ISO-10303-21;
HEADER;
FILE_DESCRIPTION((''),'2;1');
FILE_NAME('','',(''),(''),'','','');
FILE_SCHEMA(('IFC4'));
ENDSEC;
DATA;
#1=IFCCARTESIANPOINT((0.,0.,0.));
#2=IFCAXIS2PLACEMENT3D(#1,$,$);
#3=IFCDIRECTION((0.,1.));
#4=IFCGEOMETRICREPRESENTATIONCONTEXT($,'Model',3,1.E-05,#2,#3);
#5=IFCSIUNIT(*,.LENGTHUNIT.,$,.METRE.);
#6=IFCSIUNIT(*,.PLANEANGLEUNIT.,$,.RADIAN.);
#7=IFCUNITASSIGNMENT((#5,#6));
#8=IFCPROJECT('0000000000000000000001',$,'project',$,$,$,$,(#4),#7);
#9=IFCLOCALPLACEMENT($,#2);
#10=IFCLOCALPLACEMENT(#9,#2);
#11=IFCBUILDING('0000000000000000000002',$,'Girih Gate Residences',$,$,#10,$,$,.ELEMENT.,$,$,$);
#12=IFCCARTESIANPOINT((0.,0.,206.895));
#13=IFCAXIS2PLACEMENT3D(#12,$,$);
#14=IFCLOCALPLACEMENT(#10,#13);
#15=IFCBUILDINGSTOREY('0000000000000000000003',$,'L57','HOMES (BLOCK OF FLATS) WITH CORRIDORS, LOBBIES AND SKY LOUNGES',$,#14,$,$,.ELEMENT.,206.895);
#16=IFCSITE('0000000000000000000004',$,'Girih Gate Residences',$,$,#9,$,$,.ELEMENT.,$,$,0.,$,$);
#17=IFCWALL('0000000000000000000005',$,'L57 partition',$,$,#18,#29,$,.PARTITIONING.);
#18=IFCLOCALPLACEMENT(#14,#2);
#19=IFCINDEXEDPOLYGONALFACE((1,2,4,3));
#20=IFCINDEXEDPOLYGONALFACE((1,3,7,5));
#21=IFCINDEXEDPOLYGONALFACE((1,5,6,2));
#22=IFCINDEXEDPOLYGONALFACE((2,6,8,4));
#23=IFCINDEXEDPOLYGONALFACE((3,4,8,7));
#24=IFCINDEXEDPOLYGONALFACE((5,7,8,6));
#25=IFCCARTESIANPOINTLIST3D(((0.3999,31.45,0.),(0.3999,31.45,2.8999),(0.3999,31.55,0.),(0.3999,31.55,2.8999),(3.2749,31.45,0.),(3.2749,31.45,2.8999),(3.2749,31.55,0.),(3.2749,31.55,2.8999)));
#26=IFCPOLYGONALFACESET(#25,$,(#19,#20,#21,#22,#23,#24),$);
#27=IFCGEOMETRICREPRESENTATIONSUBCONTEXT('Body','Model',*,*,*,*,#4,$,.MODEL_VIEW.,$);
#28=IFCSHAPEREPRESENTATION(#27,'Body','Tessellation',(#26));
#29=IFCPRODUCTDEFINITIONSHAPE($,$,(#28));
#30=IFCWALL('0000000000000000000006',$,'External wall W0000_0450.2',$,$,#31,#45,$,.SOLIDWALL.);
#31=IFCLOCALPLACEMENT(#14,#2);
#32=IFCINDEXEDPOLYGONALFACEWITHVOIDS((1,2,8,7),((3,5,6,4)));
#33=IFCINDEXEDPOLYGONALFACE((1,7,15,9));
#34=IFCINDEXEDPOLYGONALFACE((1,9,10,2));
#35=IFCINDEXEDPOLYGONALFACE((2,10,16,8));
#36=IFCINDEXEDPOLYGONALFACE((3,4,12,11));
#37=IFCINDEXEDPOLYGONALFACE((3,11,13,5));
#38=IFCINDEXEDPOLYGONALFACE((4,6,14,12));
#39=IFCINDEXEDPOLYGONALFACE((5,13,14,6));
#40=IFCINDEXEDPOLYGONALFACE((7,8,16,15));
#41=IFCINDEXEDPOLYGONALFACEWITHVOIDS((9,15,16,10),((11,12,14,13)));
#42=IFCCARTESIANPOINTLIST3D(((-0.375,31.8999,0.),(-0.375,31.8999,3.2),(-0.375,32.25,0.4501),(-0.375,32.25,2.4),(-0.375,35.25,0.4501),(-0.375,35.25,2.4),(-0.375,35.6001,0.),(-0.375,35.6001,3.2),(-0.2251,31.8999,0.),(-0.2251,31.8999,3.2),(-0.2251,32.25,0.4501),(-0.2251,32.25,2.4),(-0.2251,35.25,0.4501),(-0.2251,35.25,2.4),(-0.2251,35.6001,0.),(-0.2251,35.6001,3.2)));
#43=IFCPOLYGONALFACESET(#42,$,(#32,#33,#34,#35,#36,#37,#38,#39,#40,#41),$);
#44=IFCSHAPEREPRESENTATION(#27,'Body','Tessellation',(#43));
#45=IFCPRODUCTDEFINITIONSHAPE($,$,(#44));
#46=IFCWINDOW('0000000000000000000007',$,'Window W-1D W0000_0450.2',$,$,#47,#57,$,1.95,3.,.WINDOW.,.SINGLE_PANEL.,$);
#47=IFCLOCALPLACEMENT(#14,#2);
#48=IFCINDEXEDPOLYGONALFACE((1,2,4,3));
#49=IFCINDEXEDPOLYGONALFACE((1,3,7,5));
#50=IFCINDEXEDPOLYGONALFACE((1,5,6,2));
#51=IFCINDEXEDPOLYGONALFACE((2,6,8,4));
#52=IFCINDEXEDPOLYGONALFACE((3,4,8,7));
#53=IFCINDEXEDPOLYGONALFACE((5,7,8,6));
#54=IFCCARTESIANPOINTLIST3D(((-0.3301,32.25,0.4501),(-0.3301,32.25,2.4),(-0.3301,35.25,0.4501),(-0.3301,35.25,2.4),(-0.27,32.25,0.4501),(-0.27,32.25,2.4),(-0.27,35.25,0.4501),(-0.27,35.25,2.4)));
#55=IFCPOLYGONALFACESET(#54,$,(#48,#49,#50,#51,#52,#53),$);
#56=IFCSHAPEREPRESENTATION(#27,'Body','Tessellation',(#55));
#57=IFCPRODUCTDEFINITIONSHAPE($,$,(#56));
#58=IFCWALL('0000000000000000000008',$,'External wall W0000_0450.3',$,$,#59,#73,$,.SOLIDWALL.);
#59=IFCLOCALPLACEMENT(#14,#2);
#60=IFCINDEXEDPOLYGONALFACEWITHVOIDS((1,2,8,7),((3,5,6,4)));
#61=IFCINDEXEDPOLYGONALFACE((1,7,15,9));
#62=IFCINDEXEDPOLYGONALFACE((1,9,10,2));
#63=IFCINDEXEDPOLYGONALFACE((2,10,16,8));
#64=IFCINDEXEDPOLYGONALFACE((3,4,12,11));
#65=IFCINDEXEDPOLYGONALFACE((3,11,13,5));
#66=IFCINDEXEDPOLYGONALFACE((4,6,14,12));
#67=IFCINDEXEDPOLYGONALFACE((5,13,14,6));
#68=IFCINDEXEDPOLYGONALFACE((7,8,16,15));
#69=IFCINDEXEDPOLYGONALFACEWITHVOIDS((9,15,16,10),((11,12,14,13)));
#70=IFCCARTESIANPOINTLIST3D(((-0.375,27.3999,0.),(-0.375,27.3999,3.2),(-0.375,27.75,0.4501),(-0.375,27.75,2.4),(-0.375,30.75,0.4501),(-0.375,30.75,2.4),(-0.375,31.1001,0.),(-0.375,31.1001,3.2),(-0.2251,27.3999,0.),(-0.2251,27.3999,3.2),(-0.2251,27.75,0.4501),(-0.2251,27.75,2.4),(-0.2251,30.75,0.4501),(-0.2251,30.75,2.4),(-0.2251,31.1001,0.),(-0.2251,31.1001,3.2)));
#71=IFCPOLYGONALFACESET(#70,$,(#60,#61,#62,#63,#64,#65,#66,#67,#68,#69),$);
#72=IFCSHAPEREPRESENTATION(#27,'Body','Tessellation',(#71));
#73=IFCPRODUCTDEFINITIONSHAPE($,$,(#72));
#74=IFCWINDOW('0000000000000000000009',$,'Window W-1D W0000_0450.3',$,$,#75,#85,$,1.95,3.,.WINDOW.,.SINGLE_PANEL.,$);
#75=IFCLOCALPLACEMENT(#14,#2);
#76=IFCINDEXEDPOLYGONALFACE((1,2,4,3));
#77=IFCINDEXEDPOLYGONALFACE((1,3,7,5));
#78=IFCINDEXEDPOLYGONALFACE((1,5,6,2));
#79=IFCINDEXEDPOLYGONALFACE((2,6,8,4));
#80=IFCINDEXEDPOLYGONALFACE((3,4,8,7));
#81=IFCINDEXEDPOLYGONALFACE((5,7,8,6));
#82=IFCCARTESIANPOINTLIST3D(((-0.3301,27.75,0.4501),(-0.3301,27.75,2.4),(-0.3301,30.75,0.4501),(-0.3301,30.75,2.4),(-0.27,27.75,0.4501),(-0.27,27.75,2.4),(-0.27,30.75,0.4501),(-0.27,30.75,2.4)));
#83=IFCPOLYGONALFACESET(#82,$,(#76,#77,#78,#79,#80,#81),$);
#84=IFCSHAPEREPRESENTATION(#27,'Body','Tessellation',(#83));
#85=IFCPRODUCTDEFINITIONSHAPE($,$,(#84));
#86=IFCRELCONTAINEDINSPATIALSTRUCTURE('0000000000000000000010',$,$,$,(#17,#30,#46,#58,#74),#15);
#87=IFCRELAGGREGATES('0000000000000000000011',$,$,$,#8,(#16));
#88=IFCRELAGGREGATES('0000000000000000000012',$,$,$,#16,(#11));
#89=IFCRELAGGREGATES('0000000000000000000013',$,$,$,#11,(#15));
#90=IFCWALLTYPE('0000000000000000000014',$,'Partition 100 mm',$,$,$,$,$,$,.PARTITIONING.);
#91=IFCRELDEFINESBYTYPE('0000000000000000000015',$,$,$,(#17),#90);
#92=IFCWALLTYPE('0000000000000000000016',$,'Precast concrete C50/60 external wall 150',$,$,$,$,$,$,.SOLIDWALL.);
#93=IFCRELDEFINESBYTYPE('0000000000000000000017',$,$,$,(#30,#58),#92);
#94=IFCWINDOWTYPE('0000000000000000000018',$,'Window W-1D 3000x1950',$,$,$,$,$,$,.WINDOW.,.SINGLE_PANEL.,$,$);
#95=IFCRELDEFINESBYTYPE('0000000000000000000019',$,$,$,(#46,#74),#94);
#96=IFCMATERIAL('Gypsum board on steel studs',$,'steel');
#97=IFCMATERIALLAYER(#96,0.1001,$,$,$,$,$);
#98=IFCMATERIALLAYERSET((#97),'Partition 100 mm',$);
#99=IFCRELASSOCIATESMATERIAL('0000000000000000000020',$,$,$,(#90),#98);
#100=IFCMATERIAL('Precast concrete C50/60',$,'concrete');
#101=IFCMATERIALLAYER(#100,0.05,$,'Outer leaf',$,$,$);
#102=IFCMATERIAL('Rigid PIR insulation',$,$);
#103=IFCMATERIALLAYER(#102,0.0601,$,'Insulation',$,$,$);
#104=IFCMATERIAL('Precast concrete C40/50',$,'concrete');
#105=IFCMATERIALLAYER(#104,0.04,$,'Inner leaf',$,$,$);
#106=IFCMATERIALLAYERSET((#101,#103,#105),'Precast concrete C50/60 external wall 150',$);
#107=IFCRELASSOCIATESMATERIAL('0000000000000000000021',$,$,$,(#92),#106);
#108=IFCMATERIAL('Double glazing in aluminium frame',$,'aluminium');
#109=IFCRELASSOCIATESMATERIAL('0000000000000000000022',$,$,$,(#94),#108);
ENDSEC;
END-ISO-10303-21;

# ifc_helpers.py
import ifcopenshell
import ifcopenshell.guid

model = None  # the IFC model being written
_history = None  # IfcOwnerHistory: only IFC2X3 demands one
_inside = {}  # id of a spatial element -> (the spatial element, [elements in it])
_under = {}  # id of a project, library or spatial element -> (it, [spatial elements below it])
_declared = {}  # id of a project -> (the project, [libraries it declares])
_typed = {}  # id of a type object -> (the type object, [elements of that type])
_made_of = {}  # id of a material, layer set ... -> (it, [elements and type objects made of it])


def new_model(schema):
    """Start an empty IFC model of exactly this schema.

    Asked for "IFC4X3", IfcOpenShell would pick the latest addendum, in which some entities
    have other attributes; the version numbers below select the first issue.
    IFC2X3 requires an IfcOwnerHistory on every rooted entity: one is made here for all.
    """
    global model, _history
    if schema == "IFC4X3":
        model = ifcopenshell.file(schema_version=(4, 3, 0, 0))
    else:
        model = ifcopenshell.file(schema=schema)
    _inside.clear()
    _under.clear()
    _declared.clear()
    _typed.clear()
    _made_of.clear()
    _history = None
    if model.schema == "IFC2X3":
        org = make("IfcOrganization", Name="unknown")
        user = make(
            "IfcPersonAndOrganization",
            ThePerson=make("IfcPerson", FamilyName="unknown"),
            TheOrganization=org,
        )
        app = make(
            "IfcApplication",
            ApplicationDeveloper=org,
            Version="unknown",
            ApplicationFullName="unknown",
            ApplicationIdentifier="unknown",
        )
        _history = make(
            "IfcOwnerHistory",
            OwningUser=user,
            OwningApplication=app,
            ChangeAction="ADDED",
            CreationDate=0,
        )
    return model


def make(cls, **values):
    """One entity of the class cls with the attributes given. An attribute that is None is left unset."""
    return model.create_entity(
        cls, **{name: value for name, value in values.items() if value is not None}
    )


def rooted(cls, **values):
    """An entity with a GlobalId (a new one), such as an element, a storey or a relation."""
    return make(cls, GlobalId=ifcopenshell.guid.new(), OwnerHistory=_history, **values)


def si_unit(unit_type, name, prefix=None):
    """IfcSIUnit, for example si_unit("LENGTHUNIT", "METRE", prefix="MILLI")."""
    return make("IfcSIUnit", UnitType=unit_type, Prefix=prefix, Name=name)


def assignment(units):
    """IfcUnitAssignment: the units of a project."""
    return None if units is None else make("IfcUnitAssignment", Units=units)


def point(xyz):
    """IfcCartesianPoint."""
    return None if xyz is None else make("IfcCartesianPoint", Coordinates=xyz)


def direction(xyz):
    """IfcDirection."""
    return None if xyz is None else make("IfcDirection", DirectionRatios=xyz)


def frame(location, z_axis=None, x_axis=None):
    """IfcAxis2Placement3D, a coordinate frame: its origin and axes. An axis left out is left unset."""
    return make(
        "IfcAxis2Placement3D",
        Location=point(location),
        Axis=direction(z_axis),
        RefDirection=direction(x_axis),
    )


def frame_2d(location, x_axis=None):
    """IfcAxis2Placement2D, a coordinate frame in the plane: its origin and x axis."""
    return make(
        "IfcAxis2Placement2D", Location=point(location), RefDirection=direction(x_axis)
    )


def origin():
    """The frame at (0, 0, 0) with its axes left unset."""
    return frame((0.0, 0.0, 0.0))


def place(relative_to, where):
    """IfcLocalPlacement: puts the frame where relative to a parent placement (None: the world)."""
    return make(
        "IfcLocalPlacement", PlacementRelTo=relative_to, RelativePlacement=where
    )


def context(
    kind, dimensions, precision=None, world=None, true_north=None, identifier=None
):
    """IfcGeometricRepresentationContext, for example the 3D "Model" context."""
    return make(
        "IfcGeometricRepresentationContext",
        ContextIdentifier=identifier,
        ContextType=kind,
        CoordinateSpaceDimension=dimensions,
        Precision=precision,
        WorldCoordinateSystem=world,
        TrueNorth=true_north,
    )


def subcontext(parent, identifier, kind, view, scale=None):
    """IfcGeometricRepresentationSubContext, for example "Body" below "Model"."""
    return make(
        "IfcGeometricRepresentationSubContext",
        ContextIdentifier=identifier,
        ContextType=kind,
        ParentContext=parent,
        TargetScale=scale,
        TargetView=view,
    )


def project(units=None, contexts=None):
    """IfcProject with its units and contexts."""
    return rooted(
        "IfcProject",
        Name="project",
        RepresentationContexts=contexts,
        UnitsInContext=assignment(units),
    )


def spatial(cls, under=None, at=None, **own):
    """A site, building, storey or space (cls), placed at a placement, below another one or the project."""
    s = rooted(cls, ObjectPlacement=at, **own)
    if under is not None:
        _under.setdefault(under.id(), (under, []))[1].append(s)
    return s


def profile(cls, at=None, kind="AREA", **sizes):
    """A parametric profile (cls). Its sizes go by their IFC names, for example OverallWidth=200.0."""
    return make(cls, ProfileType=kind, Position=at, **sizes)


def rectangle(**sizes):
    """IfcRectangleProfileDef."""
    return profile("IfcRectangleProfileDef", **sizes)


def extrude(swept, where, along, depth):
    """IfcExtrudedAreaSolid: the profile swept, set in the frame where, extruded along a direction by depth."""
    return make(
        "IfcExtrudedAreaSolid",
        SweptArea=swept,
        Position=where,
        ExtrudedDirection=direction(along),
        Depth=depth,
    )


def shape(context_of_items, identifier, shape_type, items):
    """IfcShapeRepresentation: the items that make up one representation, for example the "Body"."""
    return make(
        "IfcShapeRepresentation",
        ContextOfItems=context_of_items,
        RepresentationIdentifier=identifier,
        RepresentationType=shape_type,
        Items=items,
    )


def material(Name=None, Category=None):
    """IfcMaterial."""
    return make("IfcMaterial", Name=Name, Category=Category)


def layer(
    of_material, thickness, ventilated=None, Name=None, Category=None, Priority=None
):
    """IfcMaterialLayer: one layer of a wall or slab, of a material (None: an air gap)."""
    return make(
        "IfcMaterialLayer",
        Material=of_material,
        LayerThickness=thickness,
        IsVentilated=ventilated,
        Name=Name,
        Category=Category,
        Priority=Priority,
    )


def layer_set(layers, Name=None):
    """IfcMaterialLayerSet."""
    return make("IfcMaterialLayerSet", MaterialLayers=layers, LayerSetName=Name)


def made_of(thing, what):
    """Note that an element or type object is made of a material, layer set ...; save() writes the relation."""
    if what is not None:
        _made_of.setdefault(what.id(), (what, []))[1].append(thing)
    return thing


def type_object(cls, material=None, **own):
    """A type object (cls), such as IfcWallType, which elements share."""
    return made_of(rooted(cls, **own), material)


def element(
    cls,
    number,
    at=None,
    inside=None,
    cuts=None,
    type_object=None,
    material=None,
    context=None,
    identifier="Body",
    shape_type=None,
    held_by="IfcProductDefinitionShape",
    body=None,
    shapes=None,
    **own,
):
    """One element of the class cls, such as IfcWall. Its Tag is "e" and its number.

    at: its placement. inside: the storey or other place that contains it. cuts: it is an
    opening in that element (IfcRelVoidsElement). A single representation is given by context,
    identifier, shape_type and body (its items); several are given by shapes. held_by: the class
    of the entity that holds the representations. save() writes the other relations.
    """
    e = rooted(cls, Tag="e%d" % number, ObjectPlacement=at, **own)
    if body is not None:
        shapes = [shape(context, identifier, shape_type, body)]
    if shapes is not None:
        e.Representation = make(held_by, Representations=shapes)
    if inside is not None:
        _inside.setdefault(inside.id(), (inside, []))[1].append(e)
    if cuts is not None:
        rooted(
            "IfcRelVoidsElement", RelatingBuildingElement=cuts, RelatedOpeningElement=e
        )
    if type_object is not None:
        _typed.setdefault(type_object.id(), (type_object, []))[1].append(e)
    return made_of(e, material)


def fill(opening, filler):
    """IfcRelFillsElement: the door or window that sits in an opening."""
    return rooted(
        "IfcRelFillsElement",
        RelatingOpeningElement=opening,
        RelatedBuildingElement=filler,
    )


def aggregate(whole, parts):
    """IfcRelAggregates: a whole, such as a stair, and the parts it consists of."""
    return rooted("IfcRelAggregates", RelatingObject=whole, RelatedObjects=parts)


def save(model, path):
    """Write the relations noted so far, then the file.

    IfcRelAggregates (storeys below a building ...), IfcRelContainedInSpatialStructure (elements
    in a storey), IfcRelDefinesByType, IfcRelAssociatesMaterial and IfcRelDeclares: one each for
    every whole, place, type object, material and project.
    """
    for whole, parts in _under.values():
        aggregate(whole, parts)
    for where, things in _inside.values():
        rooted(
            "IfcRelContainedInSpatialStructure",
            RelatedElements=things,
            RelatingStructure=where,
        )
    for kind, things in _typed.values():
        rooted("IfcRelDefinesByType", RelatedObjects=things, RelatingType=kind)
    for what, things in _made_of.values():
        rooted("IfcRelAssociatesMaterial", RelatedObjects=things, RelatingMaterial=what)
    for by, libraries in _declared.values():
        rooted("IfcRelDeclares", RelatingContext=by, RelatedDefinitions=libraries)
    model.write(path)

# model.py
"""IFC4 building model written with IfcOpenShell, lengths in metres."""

from ifc_helpers import new_model, si_unit, direction, frame, frame_2d, origin, place, context, subcontext, project, spatial, rectangle, extrude, material, layer, layer_set, type_object, element, fill, save


model = new_model("IFC4")

# Units and contexts
model_context = context("Model", 3, precision=1e-05, world=origin(), true_north=direction((0.0, 1.0)))
body_context = subcontext(model_context, "Body", "Model", "MODEL_VIEW")
ifc_project = project(units=[si_unit("LENGTHUNIT", "METRE"), si_unit("PLANEANGLEUNIT", "RADIAN")], contexts=[model_context])

# Site, building, storey
site_placement = place(None, origin())
site = spatial("IfcSite", under=ifc_project, at=site_placement, Name="Girih Gate Residences", CompositionType="ELEMENT", RefElevation=0.0)
building_placement = place(site_placement, origin())
building = spatial("IfcBuilding", under=site, at=building_placement, Name="Girih Gate Residences", CompositionType="ELEMENT")
storey_placement = place(building_placement, frame((0.0, 0.0, 206.895)))
storey = spatial("IfcBuildingStorey", under=building, at=storey_placement, Name="L57", Description="HOMES (BLOCK OF FLATS) WITH CORRIDORS, LOBBIES AND SKY LOUNGES", CompositionType="ELEMENT", Elevation=206.895)

# Shared definitions
ifc_material_1 = material(Name="Gypsum board on steel studs", Category="steel")

# Wall
ifc_layer_1 = layer(ifc_material_1, 0.1001)
ifc_layer_set_1 = layer_set([ifc_layer_1], Name="Partition 100 mm")
wall_type_1 = type_object("IfcWallType", Name="Partition 100 mm", PredefinedType="PARTITIONING", material=ifc_layer_set_1)
wall_1_placement = place(storey_placement, frame((0.3999, 31.5, 0.0), z_axis=(0.0, 0.0, 1.0), x_axis=(1.0, 0.0, 0.0)))
element("IfcWall", 1, at=wall_1_placement, inside=storey, type_object=wall_type_1, Name="L57 partition", PredefinedType="PARTITIONING", context=body_context, shape_type="SweptSolid", body=[
    extrude(rectangle(XDim=2.875, YDim=0.1001, at=frame_2d((1.4375, 0.0))), origin(), (0.0, 0.0, 1.0), 2.8999),
])

# Walls, openings, windows
ifc_material_2 = material(Name="Precast concrete C50/60", Category="concrete")
ifc_layer_2 = layer(ifc_material_2, 0.05, Name="Outer leaf")
ifc_material_3 = material(Name="Rigid PIR insulation")
ifc_layer_3 = layer(ifc_material_3, 0.0601, Name="Insulation")
ifc_material_4 = material(Name="Precast concrete C40/50", Category="concrete")
ifc_layer_4 = layer(ifc_material_4, 0.04, Name="Inner leaf")
ifc_layer_set_2 = layer_set([ifc_layer_2, ifc_layer_3, ifc_layer_4], Name="Precast concrete C50/60 external wall 150")
wall_type_2 = type_object("IfcWallType", Name="Precast concrete C50/60 external wall 150", PredefinedType="SOLIDWALL", material=ifc_layer_set_2)
wall_2_placement = place(storey_placement, frame((-0.3, 31.8999, 0.0), z_axis=(0.0, 0.0, 1.0), x_axis=(0.0, 1.0, 0.0)))
wall_2 = element("IfcWall", 2, at=wall_2_placement, inside=storey, type_object=wall_type_2, Name="External wall W0000_0450.2", PredefinedType="SOLIDWALL", context=body_context, shape_type="SweptSolid", body=[
    extrude(rectangle(XDim=3.7002, YDim=0.1499, at=frame_2d((1.8501, 0.0))), origin(), (0.0, 0.0, 1.0), 3.2),
])
opening_1_placement = place(wall_2_placement, frame((0.3501, 0.0, 0.45)))
opening_1 = element("IfcOpeningElement", 3, at=opening_1_placement, cuts=wall_2, PredefinedType="OPENING", context=body_context, shape_type="SweptSolid", body=[
    extrude(rectangle(XDim=3.0, YDim=1.95, at=frame_2d((1.5, 0.9751))), frame((0.0, 0.085, 0.0), z_axis=(0.0, -1.0, 0.0), x_axis=(1.0, 0.0, 0.0)), (0.0, 0.0, 1.0), 0.1699),
])
ifc_material_5 = material(Name="Double glazing in aluminium frame", Category="aluminium")
window_type = type_object("IfcWindowType", Name="Window W-1D 3000x1950", PartitioningType="SINGLE_PANEL", PredefinedType="WINDOW", material=ifc_material_5)
window_1_placement = place(opening_1_placement, origin())
window_1 = element("IfcWindow", 4, at=window_1_placement, inside=storey, type_object=window_type, Name="Window W-1D W0000_0450.2", OverallHeight=1.95, OverallWidth=3.0, PartitioningType="SINGLE_PANEL", PredefinedType="WINDOW", context=body_context, shape_type="SweptSolid", body=[
    extrude(rectangle(XDim=3.0, YDim=1.95, at=frame_2d((1.5, 0.9751))), frame((0.0, 0.03, 0.0), z_axis=(0.0, -1.0, 0.0), x_axis=(1.0, 0.0, 0.0)), (0.0, 0.0, 1.0), 0.0601),
])
fill(opening_1, window_1)
wall_3_placement = place(storey_placement, frame((-0.3, 27.3999, 0.0), z_axis=(0.0, 0.0, 1.0), x_axis=(0.0, 1.0, 0.0)))
wall_3 = element("IfcWall", 5, at=wall_3_placement, inside=storey, type_object=wall_type_2, Name="External wall W0000_0450.3", PredefinedType="SOLIDWALL", context=body_context, shape_type="SweptSolid", body=[
    extrude(rectangle(XDim=3.7002, YDim=0.1499, at=frame_2d((1.8501, 0.0))), origin(), (0.0, 0.0, 1.0), 3.2),
])
opening_2_placement = place(wall_3_placement, frame((0.3501, 0.0, 0.45)))
opening_2 = element("IfcOpeningElement", 6, at=opening_2_placement, cuts=wall_3, PredefinedType="OPENING", context=body_context, shape_type="SweptSolid", body=[
    extrude(rectangle(XDim=3.0, YDim=1.95, at=frame_2d((1.5, 0.9751))), frame((0.0, 0.085, 0.0), z_axis=(0.0, -1.0, 0.0), x_axis=(1.0, 0.0, 0.0)), (0.0, 0.0, 1.0), 0.1699),
])
window_2_placement = place(opening_2_placement, origin())
window_2 = element("IfcWindow", 7, at=window_2_placement, inside=storey, type_object=window_type, Name="Window W-1D W0000_0450.3", OverallHeight=1.95, OverallWidth=3.0, PartitioningType="SINGLE_PANEL", PredefinedType="WINDOW", context=body_context, shape_type="SweptSolid", body=[
    extrude(rectangle(XDim=3.0, YDim=1.95, at=frame_2d((1.5, 0.9751))), frame((0.0, 0.03, 0.0), z_axis=(0.0, -1.0, 0.0), x_axis=(1.0, 0.0, 0.0)), (0.0, 0.0, 1.0), 0.0601),
])
fill(opening_2, window_2)

save(model, "model.ifc")
